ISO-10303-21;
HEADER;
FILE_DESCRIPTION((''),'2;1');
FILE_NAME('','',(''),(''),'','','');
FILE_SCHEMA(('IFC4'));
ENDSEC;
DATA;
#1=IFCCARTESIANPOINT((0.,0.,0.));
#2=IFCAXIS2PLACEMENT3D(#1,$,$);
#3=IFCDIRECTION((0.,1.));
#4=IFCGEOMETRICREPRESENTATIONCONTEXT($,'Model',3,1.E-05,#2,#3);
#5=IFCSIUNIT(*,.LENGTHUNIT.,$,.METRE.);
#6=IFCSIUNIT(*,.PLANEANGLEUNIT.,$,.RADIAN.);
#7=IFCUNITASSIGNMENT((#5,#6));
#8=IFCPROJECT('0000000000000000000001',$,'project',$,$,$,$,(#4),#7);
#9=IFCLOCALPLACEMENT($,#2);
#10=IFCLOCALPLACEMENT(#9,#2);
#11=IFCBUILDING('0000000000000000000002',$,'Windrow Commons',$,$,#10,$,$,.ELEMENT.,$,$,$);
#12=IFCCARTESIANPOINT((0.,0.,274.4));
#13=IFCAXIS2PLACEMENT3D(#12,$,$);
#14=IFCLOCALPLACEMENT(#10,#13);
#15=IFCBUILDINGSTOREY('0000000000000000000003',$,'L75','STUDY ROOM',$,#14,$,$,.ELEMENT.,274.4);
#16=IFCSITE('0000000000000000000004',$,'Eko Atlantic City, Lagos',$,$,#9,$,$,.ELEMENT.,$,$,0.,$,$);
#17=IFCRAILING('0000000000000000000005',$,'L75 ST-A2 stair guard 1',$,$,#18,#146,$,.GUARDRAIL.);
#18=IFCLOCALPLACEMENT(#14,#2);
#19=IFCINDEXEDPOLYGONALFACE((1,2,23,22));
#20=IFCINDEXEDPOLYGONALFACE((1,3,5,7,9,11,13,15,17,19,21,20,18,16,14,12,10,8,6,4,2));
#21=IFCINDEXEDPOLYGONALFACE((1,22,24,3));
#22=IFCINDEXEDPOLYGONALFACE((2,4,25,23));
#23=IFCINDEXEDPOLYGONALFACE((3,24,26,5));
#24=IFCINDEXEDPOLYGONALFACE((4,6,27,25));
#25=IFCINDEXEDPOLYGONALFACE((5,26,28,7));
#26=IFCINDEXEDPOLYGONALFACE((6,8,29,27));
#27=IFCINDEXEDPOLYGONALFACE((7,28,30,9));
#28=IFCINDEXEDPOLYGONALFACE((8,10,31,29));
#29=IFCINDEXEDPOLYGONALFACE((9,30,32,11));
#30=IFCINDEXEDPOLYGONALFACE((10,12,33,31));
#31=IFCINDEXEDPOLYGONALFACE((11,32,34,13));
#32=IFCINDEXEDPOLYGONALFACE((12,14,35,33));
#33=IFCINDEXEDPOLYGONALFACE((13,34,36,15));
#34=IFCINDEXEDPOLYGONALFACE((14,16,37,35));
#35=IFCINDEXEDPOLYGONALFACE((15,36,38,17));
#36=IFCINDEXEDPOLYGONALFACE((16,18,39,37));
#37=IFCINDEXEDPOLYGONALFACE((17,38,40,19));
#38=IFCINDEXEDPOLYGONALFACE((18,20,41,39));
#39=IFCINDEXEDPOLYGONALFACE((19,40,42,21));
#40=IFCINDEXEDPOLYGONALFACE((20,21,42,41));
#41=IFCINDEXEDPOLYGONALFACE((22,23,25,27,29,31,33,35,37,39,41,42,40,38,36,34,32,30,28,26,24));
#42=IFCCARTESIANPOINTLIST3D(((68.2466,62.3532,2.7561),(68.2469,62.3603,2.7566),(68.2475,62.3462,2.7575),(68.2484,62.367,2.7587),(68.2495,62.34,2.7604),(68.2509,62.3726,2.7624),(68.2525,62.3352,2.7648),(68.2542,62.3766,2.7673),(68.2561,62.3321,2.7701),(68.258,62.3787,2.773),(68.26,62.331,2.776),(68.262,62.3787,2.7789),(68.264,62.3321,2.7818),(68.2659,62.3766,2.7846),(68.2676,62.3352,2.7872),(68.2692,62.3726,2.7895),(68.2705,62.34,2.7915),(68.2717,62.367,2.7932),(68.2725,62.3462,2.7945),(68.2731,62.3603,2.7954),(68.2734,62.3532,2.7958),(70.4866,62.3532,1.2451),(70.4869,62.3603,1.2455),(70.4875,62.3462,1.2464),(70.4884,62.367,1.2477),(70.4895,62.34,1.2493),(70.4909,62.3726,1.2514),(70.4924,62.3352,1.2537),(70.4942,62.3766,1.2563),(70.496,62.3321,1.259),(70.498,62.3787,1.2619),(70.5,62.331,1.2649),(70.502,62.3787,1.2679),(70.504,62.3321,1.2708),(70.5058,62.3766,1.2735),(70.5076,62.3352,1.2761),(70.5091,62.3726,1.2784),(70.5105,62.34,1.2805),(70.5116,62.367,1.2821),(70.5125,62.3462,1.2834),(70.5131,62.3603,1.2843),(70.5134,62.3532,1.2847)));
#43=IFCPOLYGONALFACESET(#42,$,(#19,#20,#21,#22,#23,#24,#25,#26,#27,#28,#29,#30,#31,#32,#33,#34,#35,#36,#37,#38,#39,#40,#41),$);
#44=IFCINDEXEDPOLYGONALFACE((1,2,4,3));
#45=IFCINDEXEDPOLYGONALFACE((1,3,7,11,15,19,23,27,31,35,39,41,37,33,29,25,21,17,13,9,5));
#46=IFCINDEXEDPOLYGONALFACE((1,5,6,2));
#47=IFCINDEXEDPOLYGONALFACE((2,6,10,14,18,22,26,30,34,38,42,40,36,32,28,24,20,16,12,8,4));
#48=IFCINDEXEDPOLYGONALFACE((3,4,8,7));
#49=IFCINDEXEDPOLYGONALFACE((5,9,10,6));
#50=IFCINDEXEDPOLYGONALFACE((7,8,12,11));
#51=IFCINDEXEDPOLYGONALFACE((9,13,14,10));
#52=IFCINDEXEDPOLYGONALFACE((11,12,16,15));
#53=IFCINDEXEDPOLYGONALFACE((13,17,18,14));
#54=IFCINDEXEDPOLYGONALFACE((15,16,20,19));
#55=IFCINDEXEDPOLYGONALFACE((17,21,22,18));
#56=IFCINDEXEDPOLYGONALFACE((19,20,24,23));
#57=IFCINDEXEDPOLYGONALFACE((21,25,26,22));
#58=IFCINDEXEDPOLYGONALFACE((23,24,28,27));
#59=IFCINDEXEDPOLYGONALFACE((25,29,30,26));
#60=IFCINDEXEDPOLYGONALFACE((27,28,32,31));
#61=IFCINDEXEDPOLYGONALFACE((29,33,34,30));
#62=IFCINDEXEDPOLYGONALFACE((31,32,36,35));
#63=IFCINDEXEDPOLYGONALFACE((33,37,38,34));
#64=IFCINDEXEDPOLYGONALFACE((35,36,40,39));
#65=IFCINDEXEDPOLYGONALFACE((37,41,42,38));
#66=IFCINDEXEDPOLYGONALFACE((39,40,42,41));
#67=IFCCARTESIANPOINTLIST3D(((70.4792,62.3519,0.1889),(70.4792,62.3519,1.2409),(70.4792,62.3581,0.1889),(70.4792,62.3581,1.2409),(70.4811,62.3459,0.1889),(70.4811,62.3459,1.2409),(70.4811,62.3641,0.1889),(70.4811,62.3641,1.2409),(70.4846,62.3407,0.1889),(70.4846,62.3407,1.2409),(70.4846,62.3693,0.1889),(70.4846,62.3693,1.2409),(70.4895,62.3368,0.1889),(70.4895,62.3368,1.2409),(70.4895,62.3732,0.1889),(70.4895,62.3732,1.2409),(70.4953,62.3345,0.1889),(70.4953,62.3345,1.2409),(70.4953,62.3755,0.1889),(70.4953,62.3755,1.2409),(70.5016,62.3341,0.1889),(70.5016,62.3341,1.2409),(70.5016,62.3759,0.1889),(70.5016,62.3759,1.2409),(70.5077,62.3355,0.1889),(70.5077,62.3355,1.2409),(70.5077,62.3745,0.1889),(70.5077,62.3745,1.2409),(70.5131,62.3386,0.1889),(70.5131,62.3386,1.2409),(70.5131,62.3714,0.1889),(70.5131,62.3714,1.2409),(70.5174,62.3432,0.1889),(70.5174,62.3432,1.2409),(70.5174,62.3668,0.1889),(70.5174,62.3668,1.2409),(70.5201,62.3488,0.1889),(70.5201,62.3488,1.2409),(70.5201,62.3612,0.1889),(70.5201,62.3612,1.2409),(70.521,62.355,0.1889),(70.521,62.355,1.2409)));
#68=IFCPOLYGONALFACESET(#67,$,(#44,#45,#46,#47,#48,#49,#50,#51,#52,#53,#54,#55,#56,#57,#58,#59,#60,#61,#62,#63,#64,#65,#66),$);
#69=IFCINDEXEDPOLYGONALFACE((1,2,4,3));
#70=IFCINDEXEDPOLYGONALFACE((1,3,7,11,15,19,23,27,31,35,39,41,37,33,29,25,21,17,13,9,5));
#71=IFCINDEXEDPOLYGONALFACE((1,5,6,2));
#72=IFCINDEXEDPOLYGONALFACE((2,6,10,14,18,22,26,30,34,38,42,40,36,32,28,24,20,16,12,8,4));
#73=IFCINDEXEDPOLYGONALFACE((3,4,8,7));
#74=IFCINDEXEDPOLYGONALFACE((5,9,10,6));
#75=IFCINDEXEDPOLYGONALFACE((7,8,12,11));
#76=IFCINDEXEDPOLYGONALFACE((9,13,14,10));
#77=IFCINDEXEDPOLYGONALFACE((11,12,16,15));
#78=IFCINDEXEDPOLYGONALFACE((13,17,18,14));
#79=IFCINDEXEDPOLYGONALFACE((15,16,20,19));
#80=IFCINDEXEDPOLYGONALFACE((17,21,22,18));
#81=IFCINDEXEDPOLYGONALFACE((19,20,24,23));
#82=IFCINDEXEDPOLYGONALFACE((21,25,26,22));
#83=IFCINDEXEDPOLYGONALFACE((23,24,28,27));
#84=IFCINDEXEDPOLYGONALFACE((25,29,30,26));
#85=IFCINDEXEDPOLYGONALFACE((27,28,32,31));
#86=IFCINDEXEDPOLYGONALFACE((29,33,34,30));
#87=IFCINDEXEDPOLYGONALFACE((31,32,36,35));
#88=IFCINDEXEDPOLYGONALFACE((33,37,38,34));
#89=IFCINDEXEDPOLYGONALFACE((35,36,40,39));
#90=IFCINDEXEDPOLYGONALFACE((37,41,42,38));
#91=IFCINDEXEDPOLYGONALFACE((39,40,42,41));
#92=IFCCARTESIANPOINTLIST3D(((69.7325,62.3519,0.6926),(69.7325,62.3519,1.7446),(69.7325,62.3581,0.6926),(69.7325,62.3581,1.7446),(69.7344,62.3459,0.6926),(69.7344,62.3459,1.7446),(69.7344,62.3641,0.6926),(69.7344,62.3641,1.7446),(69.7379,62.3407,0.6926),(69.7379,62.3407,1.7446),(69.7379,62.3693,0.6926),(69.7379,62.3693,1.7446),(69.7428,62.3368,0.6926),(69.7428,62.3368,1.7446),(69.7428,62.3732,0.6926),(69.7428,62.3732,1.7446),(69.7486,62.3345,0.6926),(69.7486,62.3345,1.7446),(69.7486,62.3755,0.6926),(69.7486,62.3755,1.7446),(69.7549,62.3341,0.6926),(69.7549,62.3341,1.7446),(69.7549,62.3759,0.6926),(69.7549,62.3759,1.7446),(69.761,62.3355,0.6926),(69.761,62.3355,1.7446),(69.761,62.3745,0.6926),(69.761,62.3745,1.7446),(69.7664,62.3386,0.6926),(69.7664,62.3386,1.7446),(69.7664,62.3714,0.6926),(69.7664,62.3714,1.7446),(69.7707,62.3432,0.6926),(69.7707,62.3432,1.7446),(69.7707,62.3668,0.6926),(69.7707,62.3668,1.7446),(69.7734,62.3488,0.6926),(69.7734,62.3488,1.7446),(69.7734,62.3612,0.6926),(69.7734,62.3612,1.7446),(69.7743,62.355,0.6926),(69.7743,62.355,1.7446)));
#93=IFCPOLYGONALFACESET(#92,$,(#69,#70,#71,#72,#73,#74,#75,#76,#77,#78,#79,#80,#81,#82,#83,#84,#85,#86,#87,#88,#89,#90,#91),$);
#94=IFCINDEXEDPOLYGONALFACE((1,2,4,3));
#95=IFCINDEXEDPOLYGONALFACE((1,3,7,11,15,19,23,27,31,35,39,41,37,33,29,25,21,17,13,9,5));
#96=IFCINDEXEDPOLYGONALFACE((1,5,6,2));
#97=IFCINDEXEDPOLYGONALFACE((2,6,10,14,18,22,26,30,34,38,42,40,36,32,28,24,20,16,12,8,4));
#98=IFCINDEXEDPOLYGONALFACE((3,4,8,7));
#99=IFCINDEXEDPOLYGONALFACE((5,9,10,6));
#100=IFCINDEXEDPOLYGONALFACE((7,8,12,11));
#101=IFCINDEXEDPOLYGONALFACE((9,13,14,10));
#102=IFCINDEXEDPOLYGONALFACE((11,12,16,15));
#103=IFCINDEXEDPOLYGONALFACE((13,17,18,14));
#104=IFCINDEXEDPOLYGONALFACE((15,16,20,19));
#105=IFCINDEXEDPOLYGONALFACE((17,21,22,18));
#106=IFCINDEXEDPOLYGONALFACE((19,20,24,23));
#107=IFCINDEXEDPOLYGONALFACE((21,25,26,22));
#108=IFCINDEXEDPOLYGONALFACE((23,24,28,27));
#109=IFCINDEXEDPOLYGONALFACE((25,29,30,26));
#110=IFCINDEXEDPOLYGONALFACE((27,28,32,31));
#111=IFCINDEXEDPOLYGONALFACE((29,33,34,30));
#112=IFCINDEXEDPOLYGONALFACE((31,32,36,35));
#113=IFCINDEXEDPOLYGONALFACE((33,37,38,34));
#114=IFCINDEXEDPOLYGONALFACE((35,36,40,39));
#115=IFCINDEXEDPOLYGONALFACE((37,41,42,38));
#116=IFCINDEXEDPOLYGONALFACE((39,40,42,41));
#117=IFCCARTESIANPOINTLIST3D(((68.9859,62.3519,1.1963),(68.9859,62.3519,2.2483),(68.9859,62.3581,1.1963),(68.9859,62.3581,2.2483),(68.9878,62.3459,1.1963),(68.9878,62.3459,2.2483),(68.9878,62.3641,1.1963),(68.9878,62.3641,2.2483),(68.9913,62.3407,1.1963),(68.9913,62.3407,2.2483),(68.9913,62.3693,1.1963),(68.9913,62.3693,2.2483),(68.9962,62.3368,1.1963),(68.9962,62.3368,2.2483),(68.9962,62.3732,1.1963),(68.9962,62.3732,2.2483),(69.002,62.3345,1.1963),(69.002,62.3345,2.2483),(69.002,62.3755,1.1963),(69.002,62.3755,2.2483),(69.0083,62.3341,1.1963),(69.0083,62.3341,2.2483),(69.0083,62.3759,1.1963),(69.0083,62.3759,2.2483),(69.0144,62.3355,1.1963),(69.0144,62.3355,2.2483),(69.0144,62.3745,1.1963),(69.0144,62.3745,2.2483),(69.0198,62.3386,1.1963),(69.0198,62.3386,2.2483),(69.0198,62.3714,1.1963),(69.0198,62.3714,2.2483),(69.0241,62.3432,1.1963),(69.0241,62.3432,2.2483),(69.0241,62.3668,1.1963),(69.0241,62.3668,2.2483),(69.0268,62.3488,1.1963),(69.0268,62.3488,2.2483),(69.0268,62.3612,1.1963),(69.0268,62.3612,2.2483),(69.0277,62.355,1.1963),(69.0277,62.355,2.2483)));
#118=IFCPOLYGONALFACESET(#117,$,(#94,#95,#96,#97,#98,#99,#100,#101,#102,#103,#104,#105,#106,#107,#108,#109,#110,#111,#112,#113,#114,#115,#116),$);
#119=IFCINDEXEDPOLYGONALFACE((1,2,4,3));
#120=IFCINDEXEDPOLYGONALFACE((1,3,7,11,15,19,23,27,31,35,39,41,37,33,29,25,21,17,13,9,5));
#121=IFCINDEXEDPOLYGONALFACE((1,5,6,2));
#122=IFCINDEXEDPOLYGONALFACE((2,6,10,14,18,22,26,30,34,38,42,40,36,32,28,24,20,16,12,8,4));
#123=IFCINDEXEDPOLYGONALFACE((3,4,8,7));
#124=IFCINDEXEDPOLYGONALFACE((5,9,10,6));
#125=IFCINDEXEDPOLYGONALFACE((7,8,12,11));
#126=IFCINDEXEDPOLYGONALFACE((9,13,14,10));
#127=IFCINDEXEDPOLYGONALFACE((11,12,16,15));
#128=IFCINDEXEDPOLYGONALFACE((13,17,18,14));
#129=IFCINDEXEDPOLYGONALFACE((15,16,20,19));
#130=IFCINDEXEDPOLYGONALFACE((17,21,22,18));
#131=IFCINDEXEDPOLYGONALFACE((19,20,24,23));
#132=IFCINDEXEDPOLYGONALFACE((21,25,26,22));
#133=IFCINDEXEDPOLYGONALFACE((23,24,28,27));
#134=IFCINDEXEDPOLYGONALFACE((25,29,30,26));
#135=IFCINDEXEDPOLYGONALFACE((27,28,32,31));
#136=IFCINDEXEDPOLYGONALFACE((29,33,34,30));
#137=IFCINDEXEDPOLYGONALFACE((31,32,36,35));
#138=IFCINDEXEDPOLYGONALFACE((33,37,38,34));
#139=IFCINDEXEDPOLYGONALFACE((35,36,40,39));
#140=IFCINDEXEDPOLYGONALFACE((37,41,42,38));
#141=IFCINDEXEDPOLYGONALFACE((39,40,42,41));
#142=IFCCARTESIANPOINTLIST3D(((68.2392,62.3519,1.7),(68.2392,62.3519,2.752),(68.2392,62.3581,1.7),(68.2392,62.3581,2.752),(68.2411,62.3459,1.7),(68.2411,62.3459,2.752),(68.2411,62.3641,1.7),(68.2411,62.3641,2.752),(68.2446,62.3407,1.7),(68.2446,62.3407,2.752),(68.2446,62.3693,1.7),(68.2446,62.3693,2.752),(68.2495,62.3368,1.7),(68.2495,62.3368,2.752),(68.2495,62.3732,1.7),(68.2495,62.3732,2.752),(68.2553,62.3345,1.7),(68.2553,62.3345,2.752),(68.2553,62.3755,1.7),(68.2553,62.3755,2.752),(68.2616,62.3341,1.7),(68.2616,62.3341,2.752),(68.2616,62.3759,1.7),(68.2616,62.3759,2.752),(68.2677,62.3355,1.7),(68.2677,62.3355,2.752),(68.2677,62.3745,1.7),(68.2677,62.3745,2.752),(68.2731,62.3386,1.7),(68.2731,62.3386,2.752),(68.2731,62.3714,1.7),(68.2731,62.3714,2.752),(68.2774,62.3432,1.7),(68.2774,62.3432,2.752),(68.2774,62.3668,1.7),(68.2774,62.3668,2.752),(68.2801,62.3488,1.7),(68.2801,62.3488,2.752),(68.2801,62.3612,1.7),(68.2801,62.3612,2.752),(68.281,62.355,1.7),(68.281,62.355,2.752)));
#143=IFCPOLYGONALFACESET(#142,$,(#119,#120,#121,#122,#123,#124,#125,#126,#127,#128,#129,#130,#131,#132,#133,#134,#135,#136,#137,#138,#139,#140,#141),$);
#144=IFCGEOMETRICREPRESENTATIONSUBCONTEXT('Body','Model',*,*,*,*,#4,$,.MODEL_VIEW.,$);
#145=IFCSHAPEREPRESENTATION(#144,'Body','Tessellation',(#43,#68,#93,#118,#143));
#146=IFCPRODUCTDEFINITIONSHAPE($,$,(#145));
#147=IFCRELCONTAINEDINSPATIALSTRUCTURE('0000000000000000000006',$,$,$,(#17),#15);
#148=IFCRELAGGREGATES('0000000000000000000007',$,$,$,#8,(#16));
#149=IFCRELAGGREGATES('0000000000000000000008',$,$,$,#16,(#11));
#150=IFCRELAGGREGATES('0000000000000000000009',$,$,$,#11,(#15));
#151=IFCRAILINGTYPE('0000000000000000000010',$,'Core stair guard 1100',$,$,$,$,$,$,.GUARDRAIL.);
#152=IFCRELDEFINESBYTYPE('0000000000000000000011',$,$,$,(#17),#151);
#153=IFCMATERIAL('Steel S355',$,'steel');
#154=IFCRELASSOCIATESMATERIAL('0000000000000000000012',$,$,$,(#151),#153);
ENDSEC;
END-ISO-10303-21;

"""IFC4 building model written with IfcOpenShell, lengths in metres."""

from ifc_helpers import new_model, si_unit, direction, frame, origin, origin_2d, place, context, subcontext, project, spatial, circle, extrude, material, type_object, element, save


model = new_model("IFC4")

# Units and contexts
model_context = context("Model", 3, precision=1e-05, world=origin(), true_north=direction((0.0, 1.0)))
body_context = subcontext(model_context, "Body", "Model", "MODEL_VIEW")
ifc_project = project(units=[si_unit("LENGTHUNIT", "METRE"), si_unit("PLANEANGLEUNIT", "RADIAN")], contexts=[model_context])

# Site, building, storey
site_placement = place(None, origin())
site = spatial("IfcSite", under=ifc_project, at=site_placement, Name="Eko Atlantic City, Lagos", CompositionType="ELEMENT", RefElevation=0.0)
building_placement = place(site_placement, origin())
building = spatial("IfcBuilding", under=site, at=building_placement, Name="Windrow Commons", CompositionType="ELEMENT")
storey_placement = place(building_placement, frame((0.0, 0.0, 274.4)))
storey = spatial("IfcBuildingStorey", under=building, at=storey_placement, Name="L75", Description="STUDY ROOM", CompositionType="ELEMENT", Elevation=274.4)

# Railing
ifc_material_1 = material(Name="Steel S355", Category="steel")
railing_type_1 = type_object("IfcRailingType", Name="Core stair guard 1100", PredefinedType="GUARDRAIL", material=ifc_material_1)
railing_1_placement = place(storey_placement, frame((70.5, 62.355, 0.1889)))
element("IfcRailing", 1, at=railing_1_placement, inside=storey, type_object=railing_type_1, Name="L75 ST-A2 stair guard 1", PredefinedType="GUARDRAIL", context=body_context, shape_type="SweptSolid", body=[
    extrude(circle(Radius=0.024, at=origin_2d()), frame((0.0, 0.0, 1.076), z_axis=(-0.829003, 0.0, 0.559244), x_axis=(0.0, -1.0, 0.0)), (0.0, 0.0, 1.0), 2.702),
    extrude(circle(Radius=0.021, at=origin_2d()), origin(), (0.0, 0.0, 1.0), 1.052),
    extrude(circle(Radius=0.021, at=origin_2d()), frame((-0.7467, 0.0, 0.5037)), (0.0, 0.0, 1.0), 1.052),
    extrude(circle(Radius=0.021, at=origin_2d()), frame((-1.4933, 0.0, 1.0074)), (0.0, 0.0, 1.0), 1.052),
    extrude(circle(Radius=0.021, at=origin_2d()), frame((-2.24, 0.0, 1.5111)), (0.0, 0.0, 1.0), 1.052),
])

save(model, "model.ifc")
